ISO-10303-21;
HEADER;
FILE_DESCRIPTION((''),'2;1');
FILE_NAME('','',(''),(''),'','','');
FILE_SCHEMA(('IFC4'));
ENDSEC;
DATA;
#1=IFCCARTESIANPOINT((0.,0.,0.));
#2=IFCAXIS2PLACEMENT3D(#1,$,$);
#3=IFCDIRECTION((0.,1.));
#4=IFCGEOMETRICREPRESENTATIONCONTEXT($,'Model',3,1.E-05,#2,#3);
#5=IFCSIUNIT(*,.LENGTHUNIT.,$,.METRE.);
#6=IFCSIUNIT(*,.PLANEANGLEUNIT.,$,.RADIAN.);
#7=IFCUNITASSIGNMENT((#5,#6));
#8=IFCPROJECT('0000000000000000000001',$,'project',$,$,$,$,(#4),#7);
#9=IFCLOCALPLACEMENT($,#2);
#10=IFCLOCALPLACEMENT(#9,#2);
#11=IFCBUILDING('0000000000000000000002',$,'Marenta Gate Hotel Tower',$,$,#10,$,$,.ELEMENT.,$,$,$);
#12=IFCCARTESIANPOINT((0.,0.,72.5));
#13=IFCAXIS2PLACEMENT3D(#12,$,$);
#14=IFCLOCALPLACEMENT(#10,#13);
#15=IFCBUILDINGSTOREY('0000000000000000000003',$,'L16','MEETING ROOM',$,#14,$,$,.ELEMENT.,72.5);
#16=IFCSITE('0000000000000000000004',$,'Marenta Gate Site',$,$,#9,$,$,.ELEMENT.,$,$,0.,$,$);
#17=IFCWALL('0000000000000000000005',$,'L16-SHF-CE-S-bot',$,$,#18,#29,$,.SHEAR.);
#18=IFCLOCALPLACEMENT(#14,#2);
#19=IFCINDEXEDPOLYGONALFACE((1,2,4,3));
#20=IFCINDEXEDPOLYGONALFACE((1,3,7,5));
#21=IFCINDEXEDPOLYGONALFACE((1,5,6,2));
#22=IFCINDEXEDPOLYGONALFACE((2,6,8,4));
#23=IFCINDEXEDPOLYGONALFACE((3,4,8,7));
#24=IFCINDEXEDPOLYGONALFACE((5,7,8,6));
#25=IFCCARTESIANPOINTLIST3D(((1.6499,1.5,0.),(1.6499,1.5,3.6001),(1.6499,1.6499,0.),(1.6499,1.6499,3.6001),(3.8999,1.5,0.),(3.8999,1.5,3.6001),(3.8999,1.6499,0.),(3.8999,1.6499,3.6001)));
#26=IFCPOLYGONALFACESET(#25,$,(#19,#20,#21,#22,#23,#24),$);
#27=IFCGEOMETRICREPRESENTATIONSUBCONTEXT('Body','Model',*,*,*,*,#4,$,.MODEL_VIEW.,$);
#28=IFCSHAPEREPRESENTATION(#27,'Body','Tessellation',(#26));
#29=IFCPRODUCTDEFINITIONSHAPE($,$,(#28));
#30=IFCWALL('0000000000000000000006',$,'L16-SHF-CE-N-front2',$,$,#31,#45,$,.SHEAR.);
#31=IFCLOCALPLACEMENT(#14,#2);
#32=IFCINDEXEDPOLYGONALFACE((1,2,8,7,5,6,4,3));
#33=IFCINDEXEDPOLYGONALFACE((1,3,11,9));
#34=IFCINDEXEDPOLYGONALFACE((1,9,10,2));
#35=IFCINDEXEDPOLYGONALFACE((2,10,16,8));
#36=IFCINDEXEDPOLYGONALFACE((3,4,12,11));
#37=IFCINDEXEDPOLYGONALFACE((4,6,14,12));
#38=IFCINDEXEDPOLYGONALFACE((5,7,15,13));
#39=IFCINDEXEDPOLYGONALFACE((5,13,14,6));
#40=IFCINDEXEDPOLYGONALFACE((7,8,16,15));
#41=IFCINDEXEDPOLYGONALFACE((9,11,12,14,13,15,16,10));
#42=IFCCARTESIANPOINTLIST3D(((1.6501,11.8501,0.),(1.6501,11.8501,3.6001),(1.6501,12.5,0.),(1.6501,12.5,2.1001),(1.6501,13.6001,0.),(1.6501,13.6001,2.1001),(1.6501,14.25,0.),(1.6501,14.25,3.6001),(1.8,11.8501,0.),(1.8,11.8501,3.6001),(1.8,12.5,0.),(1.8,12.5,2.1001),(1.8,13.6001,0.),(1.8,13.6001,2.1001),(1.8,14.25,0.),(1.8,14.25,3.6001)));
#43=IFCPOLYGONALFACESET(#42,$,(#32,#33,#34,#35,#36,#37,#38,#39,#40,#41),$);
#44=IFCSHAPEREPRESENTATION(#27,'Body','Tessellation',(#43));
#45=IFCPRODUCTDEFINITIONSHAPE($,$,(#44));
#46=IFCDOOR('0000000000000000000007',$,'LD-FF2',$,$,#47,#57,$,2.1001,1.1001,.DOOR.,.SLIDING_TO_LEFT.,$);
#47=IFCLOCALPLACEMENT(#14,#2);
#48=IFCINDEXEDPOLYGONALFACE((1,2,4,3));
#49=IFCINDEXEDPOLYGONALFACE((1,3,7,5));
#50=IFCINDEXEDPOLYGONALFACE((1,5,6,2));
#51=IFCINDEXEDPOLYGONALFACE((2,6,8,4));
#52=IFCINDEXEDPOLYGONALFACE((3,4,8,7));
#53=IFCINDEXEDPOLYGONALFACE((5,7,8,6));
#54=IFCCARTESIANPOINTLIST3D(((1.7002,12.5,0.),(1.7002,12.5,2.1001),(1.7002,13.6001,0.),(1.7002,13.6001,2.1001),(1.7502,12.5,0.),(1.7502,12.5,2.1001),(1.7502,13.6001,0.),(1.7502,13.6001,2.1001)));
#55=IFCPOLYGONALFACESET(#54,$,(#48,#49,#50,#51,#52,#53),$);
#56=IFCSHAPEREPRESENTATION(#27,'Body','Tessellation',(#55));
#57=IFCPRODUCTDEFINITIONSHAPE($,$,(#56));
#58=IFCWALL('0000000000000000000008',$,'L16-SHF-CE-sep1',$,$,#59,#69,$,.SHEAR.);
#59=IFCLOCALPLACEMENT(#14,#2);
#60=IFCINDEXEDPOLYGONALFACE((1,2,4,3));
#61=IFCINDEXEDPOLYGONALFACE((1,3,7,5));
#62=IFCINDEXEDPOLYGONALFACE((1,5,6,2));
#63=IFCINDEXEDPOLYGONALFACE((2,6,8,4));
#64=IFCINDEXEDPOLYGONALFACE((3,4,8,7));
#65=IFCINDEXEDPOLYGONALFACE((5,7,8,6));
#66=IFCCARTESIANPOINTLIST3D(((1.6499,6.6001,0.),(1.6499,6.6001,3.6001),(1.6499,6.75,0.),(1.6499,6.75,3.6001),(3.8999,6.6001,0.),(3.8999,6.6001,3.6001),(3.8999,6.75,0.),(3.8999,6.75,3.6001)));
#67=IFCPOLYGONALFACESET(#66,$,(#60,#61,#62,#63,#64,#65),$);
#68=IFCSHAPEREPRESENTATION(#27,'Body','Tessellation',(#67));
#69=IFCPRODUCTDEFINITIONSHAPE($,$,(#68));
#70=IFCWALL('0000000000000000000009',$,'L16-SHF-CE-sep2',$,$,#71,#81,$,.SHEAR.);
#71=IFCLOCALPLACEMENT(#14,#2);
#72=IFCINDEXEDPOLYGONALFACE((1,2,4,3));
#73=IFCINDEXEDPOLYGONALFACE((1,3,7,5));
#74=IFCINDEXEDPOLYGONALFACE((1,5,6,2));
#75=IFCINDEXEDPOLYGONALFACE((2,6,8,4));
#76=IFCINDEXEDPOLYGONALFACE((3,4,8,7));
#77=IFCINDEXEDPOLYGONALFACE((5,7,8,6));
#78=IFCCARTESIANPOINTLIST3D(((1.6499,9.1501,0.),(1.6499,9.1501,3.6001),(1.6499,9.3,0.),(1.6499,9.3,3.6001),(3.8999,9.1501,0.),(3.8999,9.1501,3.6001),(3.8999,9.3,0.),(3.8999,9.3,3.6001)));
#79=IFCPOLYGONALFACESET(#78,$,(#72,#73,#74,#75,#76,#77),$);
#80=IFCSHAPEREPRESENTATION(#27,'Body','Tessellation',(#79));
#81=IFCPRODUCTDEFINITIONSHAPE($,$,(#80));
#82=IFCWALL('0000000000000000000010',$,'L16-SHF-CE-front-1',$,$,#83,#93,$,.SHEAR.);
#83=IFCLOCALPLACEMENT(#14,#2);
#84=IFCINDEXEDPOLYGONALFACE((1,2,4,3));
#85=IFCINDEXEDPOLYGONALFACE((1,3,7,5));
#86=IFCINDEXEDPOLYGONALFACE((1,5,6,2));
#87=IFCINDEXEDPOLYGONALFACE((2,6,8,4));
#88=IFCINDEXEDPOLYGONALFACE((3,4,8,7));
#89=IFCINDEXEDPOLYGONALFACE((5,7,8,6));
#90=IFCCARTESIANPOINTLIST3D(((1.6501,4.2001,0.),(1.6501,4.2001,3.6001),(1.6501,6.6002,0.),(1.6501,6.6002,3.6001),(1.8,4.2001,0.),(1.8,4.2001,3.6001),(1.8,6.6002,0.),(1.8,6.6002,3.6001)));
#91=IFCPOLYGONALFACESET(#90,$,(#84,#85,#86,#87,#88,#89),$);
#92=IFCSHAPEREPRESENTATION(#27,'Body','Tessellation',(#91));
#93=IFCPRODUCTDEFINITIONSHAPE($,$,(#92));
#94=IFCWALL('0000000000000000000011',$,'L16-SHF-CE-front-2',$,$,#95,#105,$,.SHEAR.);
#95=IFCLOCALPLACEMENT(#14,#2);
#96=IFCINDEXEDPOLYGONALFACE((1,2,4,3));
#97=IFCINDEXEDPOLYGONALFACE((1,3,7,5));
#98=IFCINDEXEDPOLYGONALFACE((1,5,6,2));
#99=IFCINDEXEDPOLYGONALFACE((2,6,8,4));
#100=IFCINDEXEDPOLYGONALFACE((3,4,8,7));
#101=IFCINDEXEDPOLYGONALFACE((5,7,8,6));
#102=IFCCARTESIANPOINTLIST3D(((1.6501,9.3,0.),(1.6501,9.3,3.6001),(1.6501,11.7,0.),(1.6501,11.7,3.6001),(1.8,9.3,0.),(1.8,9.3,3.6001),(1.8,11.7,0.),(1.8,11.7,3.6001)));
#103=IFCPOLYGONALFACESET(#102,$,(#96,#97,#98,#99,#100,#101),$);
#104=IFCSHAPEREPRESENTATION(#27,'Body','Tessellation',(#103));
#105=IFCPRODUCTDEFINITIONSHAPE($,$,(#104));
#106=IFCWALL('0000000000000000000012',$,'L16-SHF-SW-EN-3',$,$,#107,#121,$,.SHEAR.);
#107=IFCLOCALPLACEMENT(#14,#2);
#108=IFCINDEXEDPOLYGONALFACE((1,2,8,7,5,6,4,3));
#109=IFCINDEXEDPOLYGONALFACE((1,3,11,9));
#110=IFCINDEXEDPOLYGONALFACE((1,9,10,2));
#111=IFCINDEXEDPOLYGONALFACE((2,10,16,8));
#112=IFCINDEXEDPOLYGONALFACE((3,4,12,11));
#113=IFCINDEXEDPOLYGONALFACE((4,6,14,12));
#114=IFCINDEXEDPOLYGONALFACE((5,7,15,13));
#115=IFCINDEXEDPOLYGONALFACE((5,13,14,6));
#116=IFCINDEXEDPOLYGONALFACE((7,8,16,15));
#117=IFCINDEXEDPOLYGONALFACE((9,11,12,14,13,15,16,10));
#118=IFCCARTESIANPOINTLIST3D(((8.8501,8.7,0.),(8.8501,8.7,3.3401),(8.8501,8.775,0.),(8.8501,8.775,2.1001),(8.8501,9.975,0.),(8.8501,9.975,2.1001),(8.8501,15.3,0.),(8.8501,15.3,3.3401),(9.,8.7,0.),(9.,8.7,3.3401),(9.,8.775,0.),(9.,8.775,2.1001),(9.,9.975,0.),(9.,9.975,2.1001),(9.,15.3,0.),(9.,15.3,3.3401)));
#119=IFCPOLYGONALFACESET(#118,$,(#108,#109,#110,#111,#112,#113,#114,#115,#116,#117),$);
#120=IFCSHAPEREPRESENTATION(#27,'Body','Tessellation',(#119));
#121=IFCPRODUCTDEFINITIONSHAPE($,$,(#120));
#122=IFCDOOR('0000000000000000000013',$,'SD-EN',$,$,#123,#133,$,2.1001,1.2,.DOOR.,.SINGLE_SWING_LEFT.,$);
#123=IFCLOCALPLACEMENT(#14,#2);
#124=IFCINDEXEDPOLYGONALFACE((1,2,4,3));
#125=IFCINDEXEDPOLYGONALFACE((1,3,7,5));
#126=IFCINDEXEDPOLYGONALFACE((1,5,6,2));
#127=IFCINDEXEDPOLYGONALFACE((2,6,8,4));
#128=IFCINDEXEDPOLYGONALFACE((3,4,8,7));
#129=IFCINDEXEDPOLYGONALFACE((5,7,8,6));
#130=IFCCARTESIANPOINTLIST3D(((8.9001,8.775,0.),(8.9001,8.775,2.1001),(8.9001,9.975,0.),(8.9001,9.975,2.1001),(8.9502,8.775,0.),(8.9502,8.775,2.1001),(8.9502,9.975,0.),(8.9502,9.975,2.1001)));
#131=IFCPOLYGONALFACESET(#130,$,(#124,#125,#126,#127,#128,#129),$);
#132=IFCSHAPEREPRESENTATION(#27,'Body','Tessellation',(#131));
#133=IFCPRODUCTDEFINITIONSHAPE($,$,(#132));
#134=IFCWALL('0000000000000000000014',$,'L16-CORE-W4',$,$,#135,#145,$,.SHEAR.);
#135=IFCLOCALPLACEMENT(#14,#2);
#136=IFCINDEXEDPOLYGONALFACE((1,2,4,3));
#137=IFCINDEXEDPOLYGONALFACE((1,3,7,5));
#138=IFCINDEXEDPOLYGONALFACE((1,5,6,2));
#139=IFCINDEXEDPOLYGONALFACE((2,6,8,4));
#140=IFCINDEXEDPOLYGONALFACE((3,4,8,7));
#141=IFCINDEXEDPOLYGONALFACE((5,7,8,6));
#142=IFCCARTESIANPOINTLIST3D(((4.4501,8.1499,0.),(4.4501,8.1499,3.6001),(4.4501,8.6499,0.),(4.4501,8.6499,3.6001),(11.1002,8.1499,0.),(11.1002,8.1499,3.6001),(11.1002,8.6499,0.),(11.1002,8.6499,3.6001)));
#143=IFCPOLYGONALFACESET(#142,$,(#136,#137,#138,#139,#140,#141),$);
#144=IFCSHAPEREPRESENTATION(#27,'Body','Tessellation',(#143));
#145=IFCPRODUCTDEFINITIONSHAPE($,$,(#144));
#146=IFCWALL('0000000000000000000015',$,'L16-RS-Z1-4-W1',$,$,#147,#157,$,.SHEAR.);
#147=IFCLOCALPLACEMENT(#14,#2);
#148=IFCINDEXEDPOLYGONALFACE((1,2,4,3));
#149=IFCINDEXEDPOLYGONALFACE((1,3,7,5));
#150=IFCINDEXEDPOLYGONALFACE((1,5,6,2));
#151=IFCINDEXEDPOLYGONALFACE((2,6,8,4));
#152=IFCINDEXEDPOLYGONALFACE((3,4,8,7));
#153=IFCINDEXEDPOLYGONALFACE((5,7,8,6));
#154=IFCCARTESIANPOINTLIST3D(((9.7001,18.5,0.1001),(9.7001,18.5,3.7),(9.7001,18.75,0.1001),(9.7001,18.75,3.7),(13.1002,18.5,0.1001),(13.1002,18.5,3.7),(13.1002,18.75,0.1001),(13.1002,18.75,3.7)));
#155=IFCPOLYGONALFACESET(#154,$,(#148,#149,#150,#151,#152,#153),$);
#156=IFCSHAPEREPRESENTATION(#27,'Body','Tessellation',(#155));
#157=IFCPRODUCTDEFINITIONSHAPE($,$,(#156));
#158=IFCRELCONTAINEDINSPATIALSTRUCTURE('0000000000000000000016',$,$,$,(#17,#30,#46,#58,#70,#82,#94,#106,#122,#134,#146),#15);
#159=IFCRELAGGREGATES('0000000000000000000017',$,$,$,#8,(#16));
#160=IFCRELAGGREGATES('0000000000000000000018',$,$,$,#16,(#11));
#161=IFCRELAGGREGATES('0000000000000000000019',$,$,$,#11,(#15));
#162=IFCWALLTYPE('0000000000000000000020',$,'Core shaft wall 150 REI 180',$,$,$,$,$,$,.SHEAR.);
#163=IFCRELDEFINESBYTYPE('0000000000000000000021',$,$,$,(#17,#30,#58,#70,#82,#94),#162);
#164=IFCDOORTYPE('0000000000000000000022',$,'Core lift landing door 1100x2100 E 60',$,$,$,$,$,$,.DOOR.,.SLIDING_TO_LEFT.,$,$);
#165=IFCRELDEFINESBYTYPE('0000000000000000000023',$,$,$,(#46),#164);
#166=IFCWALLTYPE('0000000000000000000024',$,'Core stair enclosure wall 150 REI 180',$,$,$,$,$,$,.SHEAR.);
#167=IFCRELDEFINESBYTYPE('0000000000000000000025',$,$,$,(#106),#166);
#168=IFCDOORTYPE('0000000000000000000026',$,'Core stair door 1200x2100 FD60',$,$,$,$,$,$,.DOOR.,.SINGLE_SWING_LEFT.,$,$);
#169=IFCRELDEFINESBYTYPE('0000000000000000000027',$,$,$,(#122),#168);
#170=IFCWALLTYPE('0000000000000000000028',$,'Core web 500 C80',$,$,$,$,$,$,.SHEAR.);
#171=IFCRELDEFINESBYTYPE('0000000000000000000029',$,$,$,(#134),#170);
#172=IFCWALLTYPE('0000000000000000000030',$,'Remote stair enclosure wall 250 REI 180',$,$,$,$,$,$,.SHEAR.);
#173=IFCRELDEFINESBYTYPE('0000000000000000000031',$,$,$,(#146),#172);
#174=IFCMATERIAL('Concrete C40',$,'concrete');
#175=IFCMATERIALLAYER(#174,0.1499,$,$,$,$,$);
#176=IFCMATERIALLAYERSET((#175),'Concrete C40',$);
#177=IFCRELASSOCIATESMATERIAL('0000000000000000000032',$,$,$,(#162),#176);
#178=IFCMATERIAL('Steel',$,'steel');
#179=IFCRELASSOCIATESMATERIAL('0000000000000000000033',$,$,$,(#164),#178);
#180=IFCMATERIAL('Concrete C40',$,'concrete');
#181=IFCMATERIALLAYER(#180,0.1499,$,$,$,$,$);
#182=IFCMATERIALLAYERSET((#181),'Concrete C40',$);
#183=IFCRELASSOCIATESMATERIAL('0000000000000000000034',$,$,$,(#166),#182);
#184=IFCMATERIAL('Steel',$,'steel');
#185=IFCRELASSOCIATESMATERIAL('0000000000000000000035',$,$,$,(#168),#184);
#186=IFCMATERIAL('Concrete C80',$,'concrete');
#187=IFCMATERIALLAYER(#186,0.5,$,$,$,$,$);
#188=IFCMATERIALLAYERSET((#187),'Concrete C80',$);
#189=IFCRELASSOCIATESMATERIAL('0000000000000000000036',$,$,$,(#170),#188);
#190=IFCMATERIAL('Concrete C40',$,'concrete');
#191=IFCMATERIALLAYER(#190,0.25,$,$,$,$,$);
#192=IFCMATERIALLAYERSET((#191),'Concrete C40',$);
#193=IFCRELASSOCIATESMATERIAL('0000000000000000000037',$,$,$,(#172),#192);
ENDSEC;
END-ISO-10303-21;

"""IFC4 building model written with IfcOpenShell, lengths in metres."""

from ifc_helpers import new_model, si_unit, direction, frame, frame_2d, origin, place, context, subcontext, project, spatial, rectangle, extrude, material, layer, layer_set, type_object, element, fill, save


model = new_model("IFC4")

# Units and contexts
model_context = context("Model", 3, precision=1e-05, world=origin(), true_north=direction((0.0, 1.0)))
body_context = subcontext(model_context, "Body", "Model", "MODEL_VIEW")
ifc_project = project(units=[si_unit("LENGTHUNIT", "METRE"), si_unit("PLANEANGLEUNIT", "RADIAN")], contexts=[model_context])

# Site, building, storey
site_placement = place(None, origin())
site = spatial("IfcSite", under=ifc_project, at=site_placement, Name="Marenta Gate Site", CompositionType="ELEMENT", RefElevation=0.0)
building_placement = place(site_placement, origin())
building = spatial("IfcBuilding", under=site, at=building_placement, Name="Marenta Gate Hotel Tower", CompositionType="ELEMENT")
storey_placement = place(building_placement, frame((0.0, 0.0, 72.5)))
storey = spatial("IfcBuildingStorey", under=building, at=storey_placement, Name="L16", Description="MEETING ROOM", CompositionType="ELEMENT", Elevation=72.5)

# Shared definitions
ifc_material_1 = material(Name="Concrete C40", Category="concrete")
ifc_layer_1 = layer(ifc_material_1, 0.1499)
ifc_layer_set_1 = layer_set([ifc_layer_1], Name="Concrete C40")
wall_type_1 = type_object("IfcWallType", Name="Core shaft wall 150 REI 180", PredefinedType="SHEAR", material=ifc_layer_set_1)
ifc_material_2 = material(Name="Steel", Category="steel")
door_type_1 = type_object("IfcDoorType", Name="Core lift landing door 1100x2100 E 60", OperationType="SLIDING_TO_LEFT", PredefinedType="DOOR", material=ifc_material_2)

# Wall
wall_1_placement = place(storey_placement, frame((1.6499, 1.575, 0.0), z_axis=(0.0, 0.0, 1.0), x_axis=(1.0, 0.0, 0.0)))
element("IfcWall", 1, at=wall_1_placement, inside=storey, type_object=wall_type_1, Name="L16-SHF-CE-S-bot", PredefinedType="SHEAR", context=body_context, shape_type="SweptSolid", body=[
    extrude(rectangle(XDim=2.25, YDim=0.1499, at=frame_2d((1.125, 0.0))), origin(), (0.0, 0.0, 1.0), 3.6001),
])

# Wall, opening, door
wall_2_placement = place(storey_placement, frame((1.7251, 11.8501, 0.0), z_axis=(0.0, 0.0, 1.0), x_axis=(0.0, 1.0, 0.0)))
wall_2 = element("IfcWall", 2, at=wall_2_placement, inside=storey, type_object=wall_type_1, Name="L16-SHF-CE-N-front2", PredefinedType="SHEAR", context=body_context, shape_type="SweptSolid", body=[
    extrude(rectangle(XDim=2.3999, YDim=0.1499, at=frame_2d((1.2, 0.0))), origin(), (0.0, 0.0, 1.0), 3.6001),
])
opening_1_placement = place(wall_2_placement, frame((0.6499, 0.0, 0.0)))
opening_1 = element("IfcOpeningElement", 3, at=opening_1_placement, cuts=wall_2, PredefinedType="OPENING", context=body_context, shape_type="SweptSolid", body=[
    extrude(rectangle(XDim=1.1001, YDim=2.1001, at=frame_2d((0.55, 1.05))), frame((0.0, 0.075, 0.0), z_axis=(0.0, -1.0, 0.0), x_axis=(1.0, 0.0, 0.0)), (0.0, 0.0, 1.0), 0.1499),
])
door_1_placement = place(opening_1_placement, origin())
door_1 = element("IfcDoor", 4, at=door_1_placement, inside=storey, type_object=door_type_1, Name="LD-FF2", OperationType="SLIDING_TO_LEFT", OverallHeight=2.1001, OverallWidth=1.1001, PredefinedType="DOOR", context=body_context, shape_type="SweptSolid", body=[
    extrude(rectangle(XDim=1.1001, YDim=2.1001, at=frame_2d((0.55, 1.05))), frame((0.0, 0.0249, 0.0), z_axis=(0.0, -1.0, 0.0), x_axis=(1.0, 0.0, 0.0)), (0.0, 0.0, 1.0), 0.05),
])
fill(opening_1, door_1)

# Walls
for number, where, z_axis, x_axis, name in (
    (5, (1.6499, 6.675, 0.0), (0.0, 0.0, 1.0), (1.0, 0.0, 0.0), "L16-SHF-CE-sep1"),
    (6, (1.6499, 9.2251, 0.0), (0.0, 0.0, 1.0), (1.0, 0.0, 0.0), "L16-SHF-CE-sep2"),
):
    element("IfcWall", number, at=place(storey_placement, frame(where, z_axis=z_axis, x_axis=x_axis)), inside=storey, type_object=wall_type_1, Name=name, PredefinedType="SHEAR", context=body_context, shape_type="SweptSolid", body=[
        extrude(rectangle(XDim=2.25, YDim=0.1499, at=frame_2d((1.125, 0.0))), origin(), (0.0, 0.0, 1.0), 3.6001),
    ])
wall_3_placement = place(storey_placement, frame((1.7251, 4.2, 0.0), z_axis=(0.0, 0.0, 1.0), x_axis=(0.0, 1.0, 0.0)))
element("IfcWall", 7, at=wall_3_placement, inside=storey, type_object=wall_type_1, Name="L16-SHF-CE-front-1", PredefinedType="SHEAR", context=body_context, shape_type="SweptSolid", body=[
    extrude(rectangle(XDim=2.4001, YDim=0.1499, at=frame_2d((1.2002, 0.0))), origin(), (0.0, 0.0, 1.0), 3.6001),
])
wall_4_placement = place(storey_placement, frame((1.7251, 9.3, 0.0), z_axis=(0.0, 0.0, 1.0), x_axis=(0.0, 1.0, 0.0)))
element("IfcWall", 8, at=wall_4_placement, inside=storey, type_object=wall_type_1, Name="L16-SHF-CE-front-2", PredefinedType="SHEAR", context=body_context, shape_type="SweptSolid", body=[
    extrude(rectangle(XDim=2.3999, YDim=0.1499, at=frame_2d((1.2, 0.0))), origin(), (0.0, 0.0, 1.0), 3.6001),
])

# Wall, opening, door
ifc_material_3 = material(Name="Concrete C40", Category="concrete")
ifc_layer_2 = layer(ifc_material_3, 0.1499)
ifc_layer_set_2 = layer_set([ifc_layer_2], Name="Concrete C40")
wall_type_2 = type_object("IfcWallType", Name="Core stair enclosure wall 150 REI 180", PredefinedType="SHEAR", material=ifc_layer_set_2)
wall_5_placement = place(storey_placement, frame((8.925, 8.7, 0.0), z_axis=(0.0, 0.0, 1.0), x_axis=(0.0, 1.0, 0.0)))
wall_5 = element("IfcWall", 9, at=wall_5_placement, inside=storey, type_object=wall_type_2, Name="L16-SHF-SW-EN-3", PredefinedType="SHEAR", context=body_context, shape_type="SweptSolid", body=[
    extrude(rectangle(XDim=6.6001, YDim=0.1499, at=frame_2d((3.3, 0.0))), origin(), (0.0, 0.0, 1.0), 3.3401),
])
opening_2_placement = place(wall_5_placement, frame((0.075, 0.0, 0.0)))
opening_2 = element("IfcOpeningElement", 10, at=opening_2_placement, cuts=wall_5, PredefinedType="OPENING", context=body_context, shape_type="SweptSolid", body=[
    extrude(rectangle(XDim=1.2, YDim=2.1001, at=frame_2d((0.6001, 1.05))), frame((0.0, 0.075, 0.0), z_axis=(0.0, -1.0, 0.0), x_axis=(1.0, 0.0, 0.0)), (0.0, 0.0, 1.0), 0.1499),
])
ifc_material_4 = material(Name="Steel", Category="steel")
door_type_2 = type_object("IfcDoorType", Name="Core stair door 1200x2100 FD60", OperationType="SINGLE_SWING_LEFT", PredefinedType="DOOR", material=ifc_material_4)
door_2_placement = place(opening_2_placement, origin())
door_2 = element("IfcDoor", 11, at=door_2_placement, inside=storey, type_object=door_type_2, Name="SD-EN", OperationType="SINGLE_SWING_LEFT", OverallHeight=2.1001, OverallWidth=1.2, PredefinedType="DOOR", context=body_context, shape_type="SweptSolid", body=[
    extrude(rectangle(XDim=1.2, YDim=2.1001, at=frame_2d((0.6001, 1.05))), frame((0.0, 0.0249, 0.0), z_axis=(0.0, -1.0, 0.0), x_axis=(1.0, 0.0, 0.0)), (0.0, 0.0, 1.0), 0.05),
])
fill(opening_2, door_2)

# Walls
ifc_material_5 = material(Name="Concrete C80", Category="concrete")
ifc_layer_3 = layer(ifc_material_5, 0.5)
ifc_layer_set_3 = layer_set([ifc_layer_3], Name="Concrete C80")
wall_type_3 = type_object("IfcWallType", Name="Core web 500 C80", PredefinedType="SHEAR", material=ifc_layer_set_3)
wall_6_placement = place(storey_placement, frame((4.45, 8.3999, 0.0), z_axis=(0.0, 0.0, 1.0), x_axis=(1.0, 0.0, 0.0)))
element("IfcWall", 12, at=wall_6_placement, inside=storey, type_object=wall_type_3, Name="L16-CORE-W4", PredefinedType="SHEAR", context=body_context, shape_type="SweptSolid", body=[
    extrude(rectangle(XDim=6.6501, YDim=0.5, at=frame_2d((3.3252, 0.0))), origin(), (0.0, 0.0, 1.0), 3.6001),
])
ifc_material_6 = material(Name="Concrete C40", Category="concrete")
ifc_layer_4 = layer(ifc_material_6, 0.25)
ifc_layer_set_4 = layer_set([ifc_layer_4], Name="Concrete C40")
wall_type_4 = type_object("IfcWallType", Name="Remote stair enclosure wall 250 REI 180", PredefinedType="SHEAR", material=ifc_layer_set_4)
wall_7_placement = place(storey_placement, frame((9.7, 18.625, 0.1001), z_axis=(0.0, 0.0, 1.0), x_axis=(1.0, 0.0, 0.0)))
element("IfcWall", 13, at=wall_7_placement, inside=storey, type_object=wall_type_4, Name="L16-RS-Z1-4-W1", PredefinedType="SHEAR", context=body_context, shape_type="SweptSolid", body=[
    extrude(rectangle(XDim=3.4001, YDim=0.25, at=frame_2d((1.7002, 0.0))), origin(), (0.0, 0.0, 1.0), 3.5999),
])

save(model, "model.ifc")
